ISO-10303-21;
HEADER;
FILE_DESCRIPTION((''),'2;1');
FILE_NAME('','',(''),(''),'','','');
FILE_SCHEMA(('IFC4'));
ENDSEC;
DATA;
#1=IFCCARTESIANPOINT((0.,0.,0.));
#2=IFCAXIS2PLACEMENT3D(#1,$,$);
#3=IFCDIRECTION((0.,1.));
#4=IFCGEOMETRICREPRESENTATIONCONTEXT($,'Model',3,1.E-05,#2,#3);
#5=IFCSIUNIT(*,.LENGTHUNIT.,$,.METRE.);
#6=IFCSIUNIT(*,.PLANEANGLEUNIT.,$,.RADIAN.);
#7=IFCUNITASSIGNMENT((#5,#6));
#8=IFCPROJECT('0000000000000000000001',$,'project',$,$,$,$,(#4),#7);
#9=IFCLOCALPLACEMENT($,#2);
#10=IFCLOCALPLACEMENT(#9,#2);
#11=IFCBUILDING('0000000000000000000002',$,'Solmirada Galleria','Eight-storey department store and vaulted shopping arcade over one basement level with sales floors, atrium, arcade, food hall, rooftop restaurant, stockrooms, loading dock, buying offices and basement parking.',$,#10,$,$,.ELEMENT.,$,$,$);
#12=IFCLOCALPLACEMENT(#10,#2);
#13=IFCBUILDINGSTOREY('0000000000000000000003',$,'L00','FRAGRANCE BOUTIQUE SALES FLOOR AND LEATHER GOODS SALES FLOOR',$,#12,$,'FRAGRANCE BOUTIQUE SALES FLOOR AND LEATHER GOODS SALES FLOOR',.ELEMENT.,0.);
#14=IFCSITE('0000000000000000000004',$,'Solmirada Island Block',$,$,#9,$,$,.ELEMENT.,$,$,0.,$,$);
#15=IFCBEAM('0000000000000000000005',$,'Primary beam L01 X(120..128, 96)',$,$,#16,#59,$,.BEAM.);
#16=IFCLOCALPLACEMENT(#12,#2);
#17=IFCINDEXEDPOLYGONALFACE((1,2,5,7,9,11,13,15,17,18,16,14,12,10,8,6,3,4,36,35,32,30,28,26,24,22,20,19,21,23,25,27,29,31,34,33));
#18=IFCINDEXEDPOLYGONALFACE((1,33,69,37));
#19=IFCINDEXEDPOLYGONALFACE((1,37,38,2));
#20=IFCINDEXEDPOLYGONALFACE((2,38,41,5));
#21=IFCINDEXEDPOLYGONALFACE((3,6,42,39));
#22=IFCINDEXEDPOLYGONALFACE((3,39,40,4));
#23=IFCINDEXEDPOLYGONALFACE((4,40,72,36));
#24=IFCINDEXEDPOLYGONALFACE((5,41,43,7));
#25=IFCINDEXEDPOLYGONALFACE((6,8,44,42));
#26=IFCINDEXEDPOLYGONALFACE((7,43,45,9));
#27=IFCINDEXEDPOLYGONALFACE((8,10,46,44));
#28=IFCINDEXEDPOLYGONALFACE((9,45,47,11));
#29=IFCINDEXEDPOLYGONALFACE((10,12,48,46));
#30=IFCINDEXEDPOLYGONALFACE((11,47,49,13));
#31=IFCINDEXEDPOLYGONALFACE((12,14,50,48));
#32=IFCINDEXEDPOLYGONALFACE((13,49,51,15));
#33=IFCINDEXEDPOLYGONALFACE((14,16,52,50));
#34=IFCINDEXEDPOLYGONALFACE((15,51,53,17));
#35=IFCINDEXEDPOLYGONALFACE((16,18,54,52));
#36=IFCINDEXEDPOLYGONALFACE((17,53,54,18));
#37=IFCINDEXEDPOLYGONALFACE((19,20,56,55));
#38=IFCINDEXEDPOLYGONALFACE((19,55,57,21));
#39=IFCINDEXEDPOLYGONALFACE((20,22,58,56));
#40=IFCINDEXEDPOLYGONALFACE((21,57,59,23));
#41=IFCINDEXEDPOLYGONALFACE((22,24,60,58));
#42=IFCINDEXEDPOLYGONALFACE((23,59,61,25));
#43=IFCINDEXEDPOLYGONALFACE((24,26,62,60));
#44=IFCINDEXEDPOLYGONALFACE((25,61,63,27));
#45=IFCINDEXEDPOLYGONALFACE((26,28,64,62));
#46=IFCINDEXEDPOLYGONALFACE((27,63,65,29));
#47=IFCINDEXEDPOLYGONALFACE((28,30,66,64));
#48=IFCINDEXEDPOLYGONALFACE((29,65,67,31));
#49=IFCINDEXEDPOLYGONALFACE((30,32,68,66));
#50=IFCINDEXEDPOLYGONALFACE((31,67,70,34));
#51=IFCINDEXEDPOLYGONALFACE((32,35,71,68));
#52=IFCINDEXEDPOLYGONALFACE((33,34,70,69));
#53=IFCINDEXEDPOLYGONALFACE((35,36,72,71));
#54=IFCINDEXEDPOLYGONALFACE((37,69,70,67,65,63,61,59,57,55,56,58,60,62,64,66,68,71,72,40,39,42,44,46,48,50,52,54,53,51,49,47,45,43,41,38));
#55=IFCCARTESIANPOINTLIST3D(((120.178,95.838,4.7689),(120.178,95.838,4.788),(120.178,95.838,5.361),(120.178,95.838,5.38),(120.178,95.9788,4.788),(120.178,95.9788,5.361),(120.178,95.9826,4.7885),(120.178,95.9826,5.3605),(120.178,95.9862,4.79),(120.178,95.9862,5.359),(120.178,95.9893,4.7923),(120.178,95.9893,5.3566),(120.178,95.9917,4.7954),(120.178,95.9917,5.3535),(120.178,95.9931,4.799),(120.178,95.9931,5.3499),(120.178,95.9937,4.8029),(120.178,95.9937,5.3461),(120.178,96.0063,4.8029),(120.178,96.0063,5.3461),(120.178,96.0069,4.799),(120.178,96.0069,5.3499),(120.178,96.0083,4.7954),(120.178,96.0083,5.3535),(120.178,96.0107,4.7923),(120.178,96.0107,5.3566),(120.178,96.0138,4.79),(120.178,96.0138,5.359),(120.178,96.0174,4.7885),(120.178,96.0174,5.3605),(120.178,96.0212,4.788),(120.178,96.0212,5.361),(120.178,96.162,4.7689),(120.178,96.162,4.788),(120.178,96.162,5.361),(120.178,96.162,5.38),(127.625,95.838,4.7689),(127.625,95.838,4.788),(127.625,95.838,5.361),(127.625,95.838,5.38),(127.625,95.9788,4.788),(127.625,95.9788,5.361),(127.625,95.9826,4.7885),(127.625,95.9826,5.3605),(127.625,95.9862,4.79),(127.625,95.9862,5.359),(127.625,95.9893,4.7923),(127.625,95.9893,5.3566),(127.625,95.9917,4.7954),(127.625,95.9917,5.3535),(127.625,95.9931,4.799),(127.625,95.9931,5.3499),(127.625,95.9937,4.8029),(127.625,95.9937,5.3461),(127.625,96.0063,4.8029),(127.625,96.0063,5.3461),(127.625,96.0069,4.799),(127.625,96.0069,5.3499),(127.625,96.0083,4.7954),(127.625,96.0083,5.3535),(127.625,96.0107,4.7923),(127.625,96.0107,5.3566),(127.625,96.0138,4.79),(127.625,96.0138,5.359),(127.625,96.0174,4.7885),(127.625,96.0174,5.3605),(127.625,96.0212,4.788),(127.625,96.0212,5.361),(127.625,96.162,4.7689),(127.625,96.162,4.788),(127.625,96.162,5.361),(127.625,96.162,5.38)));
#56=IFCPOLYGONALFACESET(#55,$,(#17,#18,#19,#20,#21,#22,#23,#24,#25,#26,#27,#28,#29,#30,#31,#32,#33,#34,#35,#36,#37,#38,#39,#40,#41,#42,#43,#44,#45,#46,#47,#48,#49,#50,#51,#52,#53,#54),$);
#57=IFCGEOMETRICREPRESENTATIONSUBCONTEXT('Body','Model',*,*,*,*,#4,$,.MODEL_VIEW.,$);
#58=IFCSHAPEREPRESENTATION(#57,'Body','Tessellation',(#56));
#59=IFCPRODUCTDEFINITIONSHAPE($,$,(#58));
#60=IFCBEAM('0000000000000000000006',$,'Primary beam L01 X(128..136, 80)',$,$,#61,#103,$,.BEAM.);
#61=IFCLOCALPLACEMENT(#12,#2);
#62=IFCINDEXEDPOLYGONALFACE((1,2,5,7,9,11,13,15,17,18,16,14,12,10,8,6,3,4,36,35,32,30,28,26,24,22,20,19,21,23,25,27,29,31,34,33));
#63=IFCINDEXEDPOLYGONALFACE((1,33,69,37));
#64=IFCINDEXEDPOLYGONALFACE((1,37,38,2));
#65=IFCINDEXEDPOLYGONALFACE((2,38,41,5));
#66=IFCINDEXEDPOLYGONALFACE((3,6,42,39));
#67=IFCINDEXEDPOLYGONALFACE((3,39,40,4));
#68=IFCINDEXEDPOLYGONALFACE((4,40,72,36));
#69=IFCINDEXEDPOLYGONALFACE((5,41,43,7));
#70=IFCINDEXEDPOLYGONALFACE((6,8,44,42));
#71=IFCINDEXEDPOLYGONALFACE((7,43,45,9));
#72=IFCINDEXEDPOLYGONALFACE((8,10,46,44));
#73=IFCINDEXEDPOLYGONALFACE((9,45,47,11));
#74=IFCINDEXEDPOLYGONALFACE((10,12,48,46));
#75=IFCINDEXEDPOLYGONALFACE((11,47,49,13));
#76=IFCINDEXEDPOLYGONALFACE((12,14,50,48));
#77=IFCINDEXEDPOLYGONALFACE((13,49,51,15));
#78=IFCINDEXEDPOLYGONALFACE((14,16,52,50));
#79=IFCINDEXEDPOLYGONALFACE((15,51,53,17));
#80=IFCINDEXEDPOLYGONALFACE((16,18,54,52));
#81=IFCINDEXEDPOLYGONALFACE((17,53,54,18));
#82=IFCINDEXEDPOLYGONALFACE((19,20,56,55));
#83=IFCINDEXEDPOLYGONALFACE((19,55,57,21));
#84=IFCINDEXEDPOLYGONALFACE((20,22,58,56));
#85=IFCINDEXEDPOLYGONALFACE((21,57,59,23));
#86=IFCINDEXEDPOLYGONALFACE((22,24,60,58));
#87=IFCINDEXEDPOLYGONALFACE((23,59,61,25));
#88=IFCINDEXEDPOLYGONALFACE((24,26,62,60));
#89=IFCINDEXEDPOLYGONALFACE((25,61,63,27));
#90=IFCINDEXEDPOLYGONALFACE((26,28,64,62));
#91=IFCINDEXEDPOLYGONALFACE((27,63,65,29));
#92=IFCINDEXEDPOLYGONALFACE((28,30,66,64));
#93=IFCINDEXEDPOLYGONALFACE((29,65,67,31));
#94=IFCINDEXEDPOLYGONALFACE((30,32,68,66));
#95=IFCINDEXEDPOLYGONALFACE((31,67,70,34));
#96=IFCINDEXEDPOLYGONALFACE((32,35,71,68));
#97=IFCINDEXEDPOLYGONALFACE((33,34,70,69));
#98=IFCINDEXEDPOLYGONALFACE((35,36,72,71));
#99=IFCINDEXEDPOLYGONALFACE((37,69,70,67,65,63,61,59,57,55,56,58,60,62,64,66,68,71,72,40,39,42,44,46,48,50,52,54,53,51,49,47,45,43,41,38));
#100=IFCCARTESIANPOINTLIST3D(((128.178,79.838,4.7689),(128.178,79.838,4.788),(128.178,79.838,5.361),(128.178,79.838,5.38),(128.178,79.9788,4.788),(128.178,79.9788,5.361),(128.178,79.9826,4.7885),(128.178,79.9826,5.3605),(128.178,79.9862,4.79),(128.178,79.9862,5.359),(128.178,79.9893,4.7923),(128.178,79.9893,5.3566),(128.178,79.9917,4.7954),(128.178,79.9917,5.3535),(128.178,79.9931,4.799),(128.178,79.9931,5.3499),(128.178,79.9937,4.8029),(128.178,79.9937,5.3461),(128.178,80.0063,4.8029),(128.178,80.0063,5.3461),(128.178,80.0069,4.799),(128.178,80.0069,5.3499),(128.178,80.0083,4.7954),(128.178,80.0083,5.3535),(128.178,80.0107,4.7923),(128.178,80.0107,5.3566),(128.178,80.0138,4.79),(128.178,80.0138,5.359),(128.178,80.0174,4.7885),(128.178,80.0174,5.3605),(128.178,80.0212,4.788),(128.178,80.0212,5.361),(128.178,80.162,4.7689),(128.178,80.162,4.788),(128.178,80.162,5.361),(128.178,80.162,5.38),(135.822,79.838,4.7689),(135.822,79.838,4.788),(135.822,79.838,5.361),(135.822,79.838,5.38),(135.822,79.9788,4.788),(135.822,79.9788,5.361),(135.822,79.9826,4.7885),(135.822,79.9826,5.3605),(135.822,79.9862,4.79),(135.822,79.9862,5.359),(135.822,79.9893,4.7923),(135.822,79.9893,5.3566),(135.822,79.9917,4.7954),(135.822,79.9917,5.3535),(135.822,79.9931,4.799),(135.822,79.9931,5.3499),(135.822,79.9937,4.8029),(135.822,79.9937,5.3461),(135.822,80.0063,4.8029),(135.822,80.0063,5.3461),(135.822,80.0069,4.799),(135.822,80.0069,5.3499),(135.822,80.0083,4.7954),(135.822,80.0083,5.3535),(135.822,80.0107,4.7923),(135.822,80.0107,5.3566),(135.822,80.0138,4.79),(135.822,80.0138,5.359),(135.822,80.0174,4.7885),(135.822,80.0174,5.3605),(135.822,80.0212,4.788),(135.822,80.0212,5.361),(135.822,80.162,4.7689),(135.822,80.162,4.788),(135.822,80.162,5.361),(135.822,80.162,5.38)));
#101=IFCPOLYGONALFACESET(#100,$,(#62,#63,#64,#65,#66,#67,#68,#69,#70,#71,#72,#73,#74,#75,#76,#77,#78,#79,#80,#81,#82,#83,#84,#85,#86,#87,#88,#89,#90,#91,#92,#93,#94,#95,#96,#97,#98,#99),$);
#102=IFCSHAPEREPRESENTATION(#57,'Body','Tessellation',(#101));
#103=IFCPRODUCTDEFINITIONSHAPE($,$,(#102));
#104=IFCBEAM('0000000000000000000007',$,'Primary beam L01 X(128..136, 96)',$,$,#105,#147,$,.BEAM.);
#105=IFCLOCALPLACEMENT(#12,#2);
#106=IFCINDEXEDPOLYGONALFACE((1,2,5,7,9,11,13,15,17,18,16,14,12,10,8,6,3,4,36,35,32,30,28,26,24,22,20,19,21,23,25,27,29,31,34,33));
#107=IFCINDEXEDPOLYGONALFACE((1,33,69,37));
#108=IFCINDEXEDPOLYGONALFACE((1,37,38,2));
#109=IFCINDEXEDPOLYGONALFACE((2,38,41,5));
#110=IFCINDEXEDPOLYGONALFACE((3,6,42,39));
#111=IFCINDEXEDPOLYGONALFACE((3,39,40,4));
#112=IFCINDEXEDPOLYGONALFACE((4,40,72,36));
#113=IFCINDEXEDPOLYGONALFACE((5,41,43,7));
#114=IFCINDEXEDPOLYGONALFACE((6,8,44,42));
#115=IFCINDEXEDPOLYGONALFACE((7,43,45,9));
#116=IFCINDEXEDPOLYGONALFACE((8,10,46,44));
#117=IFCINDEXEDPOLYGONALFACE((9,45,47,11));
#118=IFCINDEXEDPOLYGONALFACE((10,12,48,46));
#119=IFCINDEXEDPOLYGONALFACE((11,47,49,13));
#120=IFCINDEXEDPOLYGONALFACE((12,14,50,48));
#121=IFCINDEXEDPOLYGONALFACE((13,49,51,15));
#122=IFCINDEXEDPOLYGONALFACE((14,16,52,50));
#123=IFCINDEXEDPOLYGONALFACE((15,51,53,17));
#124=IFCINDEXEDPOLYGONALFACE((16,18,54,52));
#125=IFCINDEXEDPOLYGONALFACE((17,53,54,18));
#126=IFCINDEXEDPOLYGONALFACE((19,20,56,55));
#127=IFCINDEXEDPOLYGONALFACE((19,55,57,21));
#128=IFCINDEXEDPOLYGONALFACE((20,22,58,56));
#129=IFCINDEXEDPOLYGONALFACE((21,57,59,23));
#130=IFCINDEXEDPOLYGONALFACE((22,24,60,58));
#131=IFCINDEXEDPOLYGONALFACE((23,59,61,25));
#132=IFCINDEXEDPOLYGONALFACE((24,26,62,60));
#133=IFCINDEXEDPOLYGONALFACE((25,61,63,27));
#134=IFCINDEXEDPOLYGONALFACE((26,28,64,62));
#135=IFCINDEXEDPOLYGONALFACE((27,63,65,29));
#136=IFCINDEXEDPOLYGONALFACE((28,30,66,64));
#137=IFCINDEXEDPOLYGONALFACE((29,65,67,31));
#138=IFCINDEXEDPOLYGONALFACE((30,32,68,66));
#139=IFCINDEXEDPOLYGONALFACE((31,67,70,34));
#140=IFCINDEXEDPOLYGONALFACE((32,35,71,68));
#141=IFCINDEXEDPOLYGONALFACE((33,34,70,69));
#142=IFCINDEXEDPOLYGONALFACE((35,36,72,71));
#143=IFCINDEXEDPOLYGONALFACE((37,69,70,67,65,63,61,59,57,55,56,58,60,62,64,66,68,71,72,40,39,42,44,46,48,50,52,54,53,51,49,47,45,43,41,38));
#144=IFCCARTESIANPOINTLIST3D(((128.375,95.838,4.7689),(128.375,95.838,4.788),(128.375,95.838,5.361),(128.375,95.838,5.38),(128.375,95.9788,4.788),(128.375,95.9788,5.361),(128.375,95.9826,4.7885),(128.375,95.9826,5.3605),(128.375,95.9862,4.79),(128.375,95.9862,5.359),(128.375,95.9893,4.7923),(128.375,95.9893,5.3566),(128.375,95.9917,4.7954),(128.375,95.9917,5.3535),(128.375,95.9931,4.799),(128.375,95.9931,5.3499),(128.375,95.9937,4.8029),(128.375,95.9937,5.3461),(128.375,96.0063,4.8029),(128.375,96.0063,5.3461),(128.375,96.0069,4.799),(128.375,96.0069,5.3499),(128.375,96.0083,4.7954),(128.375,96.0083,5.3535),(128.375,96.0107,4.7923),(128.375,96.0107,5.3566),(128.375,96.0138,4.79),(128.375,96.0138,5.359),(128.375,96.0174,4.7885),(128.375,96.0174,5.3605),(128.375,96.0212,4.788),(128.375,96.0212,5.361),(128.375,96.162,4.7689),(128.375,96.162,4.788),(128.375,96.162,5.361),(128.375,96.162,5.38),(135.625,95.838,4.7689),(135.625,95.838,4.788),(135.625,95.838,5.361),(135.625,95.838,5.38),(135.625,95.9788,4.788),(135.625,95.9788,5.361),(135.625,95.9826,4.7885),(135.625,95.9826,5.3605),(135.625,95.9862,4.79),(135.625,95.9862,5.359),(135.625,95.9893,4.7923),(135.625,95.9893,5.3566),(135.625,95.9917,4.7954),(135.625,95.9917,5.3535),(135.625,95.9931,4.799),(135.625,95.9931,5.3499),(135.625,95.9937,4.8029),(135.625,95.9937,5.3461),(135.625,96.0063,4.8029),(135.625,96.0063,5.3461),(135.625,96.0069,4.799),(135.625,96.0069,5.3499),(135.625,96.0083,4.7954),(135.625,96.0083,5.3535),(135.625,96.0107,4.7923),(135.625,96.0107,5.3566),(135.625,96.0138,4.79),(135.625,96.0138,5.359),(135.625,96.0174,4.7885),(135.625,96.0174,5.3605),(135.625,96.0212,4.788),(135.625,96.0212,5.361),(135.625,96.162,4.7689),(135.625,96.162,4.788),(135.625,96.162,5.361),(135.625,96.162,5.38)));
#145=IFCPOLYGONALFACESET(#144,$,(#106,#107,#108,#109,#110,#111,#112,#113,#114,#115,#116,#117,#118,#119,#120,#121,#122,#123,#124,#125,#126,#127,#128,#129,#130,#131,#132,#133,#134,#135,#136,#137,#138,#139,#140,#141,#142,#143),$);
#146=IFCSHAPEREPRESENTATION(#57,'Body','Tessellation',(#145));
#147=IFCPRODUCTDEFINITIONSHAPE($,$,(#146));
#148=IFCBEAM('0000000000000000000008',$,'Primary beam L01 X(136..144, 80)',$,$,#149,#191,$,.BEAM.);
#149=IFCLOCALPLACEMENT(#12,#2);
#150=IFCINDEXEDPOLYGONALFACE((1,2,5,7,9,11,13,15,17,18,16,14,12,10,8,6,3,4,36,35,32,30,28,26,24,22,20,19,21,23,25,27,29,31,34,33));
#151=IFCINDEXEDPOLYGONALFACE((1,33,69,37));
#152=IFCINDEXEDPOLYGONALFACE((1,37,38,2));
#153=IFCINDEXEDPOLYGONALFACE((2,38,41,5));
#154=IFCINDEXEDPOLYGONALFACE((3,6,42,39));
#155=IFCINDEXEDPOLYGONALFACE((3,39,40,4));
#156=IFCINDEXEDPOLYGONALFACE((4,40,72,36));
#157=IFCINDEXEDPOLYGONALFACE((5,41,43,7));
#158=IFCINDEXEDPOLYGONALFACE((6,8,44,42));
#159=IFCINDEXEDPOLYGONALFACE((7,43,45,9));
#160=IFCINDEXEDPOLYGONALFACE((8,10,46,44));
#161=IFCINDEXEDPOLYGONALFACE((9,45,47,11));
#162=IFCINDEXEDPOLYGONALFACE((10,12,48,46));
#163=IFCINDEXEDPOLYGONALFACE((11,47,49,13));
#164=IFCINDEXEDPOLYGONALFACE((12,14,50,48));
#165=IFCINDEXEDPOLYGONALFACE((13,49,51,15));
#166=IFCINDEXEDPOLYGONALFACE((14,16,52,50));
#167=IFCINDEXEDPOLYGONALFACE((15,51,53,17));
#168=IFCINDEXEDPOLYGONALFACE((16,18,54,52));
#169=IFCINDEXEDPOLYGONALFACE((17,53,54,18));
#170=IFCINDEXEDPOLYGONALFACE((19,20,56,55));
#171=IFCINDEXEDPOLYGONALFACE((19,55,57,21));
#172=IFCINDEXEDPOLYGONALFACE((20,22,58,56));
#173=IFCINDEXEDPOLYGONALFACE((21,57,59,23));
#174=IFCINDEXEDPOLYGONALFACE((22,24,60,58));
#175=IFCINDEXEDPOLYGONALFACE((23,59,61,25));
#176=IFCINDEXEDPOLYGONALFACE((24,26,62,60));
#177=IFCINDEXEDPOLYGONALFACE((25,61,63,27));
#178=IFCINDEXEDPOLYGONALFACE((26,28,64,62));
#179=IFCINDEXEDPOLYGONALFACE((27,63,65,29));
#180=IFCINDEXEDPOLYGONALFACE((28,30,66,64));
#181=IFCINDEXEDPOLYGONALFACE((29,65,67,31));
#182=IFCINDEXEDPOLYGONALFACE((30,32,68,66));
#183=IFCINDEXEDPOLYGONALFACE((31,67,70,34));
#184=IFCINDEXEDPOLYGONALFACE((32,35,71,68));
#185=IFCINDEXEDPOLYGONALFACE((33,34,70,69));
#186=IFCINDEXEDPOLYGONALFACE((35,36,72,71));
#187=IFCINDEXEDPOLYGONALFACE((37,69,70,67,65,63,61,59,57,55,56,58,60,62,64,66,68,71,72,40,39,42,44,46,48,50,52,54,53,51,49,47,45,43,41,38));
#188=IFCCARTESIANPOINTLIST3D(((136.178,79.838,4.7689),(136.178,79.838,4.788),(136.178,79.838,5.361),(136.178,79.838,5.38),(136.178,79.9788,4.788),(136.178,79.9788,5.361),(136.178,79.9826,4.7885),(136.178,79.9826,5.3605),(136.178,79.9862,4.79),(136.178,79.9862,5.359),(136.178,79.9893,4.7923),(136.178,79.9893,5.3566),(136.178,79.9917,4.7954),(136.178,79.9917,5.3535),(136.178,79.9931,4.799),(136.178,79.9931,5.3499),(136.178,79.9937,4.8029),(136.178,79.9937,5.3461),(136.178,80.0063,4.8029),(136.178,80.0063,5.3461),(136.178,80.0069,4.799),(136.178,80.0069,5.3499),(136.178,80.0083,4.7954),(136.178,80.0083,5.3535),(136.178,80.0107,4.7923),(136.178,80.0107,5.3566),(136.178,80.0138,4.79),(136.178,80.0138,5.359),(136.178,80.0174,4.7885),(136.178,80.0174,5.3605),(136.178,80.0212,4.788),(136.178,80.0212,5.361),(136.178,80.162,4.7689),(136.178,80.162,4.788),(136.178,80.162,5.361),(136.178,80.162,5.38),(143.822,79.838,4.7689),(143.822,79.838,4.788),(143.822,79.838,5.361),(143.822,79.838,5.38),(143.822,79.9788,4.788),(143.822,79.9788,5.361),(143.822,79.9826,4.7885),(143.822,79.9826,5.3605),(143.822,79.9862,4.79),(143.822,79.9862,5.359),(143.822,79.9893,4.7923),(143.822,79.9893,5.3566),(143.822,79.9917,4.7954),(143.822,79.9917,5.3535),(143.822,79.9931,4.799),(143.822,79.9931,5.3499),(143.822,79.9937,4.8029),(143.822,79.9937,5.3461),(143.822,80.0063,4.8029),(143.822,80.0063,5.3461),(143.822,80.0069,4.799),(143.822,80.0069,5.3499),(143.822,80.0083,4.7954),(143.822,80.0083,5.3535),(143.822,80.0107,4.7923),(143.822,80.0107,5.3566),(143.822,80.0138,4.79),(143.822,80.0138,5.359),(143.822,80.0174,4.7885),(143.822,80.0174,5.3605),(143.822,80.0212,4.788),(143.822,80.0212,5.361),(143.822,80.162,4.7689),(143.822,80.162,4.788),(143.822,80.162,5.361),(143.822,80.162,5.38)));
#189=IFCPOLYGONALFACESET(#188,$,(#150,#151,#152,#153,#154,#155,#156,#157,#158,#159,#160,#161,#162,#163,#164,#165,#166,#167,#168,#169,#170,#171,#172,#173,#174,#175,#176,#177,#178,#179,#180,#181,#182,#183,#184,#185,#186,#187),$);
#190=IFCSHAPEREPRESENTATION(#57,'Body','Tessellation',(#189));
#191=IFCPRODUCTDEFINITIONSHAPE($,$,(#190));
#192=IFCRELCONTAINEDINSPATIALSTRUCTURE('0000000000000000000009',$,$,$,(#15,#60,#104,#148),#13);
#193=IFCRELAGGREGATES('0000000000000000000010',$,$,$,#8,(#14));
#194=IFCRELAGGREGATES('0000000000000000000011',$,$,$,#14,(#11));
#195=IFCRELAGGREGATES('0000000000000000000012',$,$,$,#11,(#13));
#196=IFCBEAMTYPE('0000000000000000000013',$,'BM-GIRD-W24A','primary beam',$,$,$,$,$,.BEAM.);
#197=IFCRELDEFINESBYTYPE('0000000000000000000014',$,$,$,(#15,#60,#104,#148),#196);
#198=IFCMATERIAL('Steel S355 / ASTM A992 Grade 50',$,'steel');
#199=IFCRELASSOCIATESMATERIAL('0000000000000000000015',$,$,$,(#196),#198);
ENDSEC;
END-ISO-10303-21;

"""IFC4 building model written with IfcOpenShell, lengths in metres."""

from ifc_helpers import new_model, si_unit, direction, frame, origin, origin_2d, place, context, subcontext, project, spatial, i_section, extrude, material, material_profile, profile_set, type_object, element, save


model = new_model("IFC4")

# Units and contexts
model_context = context("Model", 3, precision=1e-05, world=origin(), true_north=direction((0.0, 1.0)))
body_context = subcontext(model_context, "Body", "Model", "MODEL_VIEW")
ifc_project = project(units=[si_unit("LENGTHUNIT", "METRE"), si_unit("PLANEANGLEUNIT", "RADIAN")], contexts=[model_context])

# Site, building, storey
site_placement = place(None, origin())
site = spatial("IfcSite", under=ifc_project, at=site_placement, Name="Solmirada Island Block", CompositionType="ELEMENT", RefElevation=0.0)
building_placement = place(site_placement, origin())
building = spatial("IfcBuilding", under=site, at=building_placement, Name="Solmirada Galleria", Description="Eight-storey department store and vaulted shopping arcade over one basement level with sales floors, atrium, arcade, food hall, rooftop restaurant, stockrooms, loading dock, buying offices and basement parking.", CompositionType="ELEMENT")
storey_placement = place(building_placement, origin())
storey = spatial("IfcBuildingStorey", under=building, at=storey_placement, Name="L00", Description="FRAGRANCE BOUTIQUE SALES FLOOR AND LEATHER GOODS SALES FLOOR", LongName="FRAGRANCE BOUTIQUE SALES FLOOR AND LEATHER GOODS SALES FLOOR", CompositionType="ELEMENT", Elevation=0.0)

# Beams
ifc_material_1 = material(Name="Steel S355 / ASTM A992 Grade 50", Category="steel")
ifc_material_profile_1 = material_profile(ifc_material_1, i_section(OverallWidth=0.324, OverallDepth=0.6111, WebThickness=0.0127, FlangeThickness=0.019, FilletRadius=0.0149, at=origin_2d()), Name="W24X104")
ifc_profile_set_1 = profile_set([ifc_material_profile_1], Name="Steel S355 / ASTM A992 Grade 50")
beam_type_1 = type_object("IfcBeamType", Name="BM-GIRD-W24A", Description="primary beam", PredefinedType="BEAM", material=ifc_profile_set_1)
beam_1_placement = place(storey_placement, frame((120.178, 96.0, 5.0745), z_axis=(1.0, 0.0, 0.0), x_axis=(0.0, 1.0, 0.0)))
element("IfcBeam", 1, at=beam_1_placement, inside=storey, type_object=beam_type_1, Name="Primary beam L01 X(120..128, 96)", PredefinedType="BEAM", context=body_context, shape_type="SweptSolid", body=[
    extrude(i_section(OverallWidth=0.324, OverallDepth=0.6111, WebThickness=0.0127, FlangeThickness=0.019, FilletRadius=0.0149, at=origin_2d()), origin(), (0.0, 0.0, 1.0), 7.447),
])
beam_2_placement = place(storey_placement, frame((128.178, 80.0, 5.0745), z_axis=(1.0, 0.0, 0.0), x_axis=(0.0, 1.0, 0.0)))
element("IfcBeam", 2, at=beam_2_placement, inside=storey, type_object=beam_type_1, Name="Primary beam L01 X(128..136, 80)", PredefinedType="BEAM", context=body_context, shape_type="SweptSolid", body=[
    extrude(i_section(OverallWidth=0.324, OverallDepth=0.6111, WebThickness=0.0127, FlangeThickness=0.019, FilletRadius=0.0149, at=origin_2d()), origin(), (0.0, 0.0, 1.0), 7.644),
])
beam_3_placement = place(storey_placement, frame((128.375, 96.0, 5.0745), z_axis=(1.0, 0.0, 0.0), x_axis=(0.0, 1.0, 0.0)))
element("IfcBeam", 3, at=beam_3_placement, inside=storey, type_object=beam_type_1, Name="Primary beam L01 X(128..136, 96)", PredefinedType="BEAM", context=body_context, shape_type="SweptSolid", body=[
    extrude(i_section(OverallWidth=0.324, OverallDepth=0.6111, WebThickness=0.0127, FlangeThickness=0.019, FilletRadius=0.0149, at=origin_2d()), origin(), (0.0, 0.0, 1.0), 7.25),
])
beam_4_placement = place(storey_placement, frame((136.178, 80.0, 5.0745), z_axis=(1.0, 0.0, 0.0), x_axis=(0.0, 1.0, 0.0)))
element("IfcBeam", 4, at=beam_4_placement, inside=storey, type_object=beam_type_1, Name="Primary beam L01 X(136..144, 80)", PredefinedType="BEAM", context=body_context, shape_type="SweptSolid", body=[
    extrude(i_section(OverallWidth=0.324, OverallDepth=0.6111, WebThickness=0.0127, FlangeThickness=0.019, FilletRadius=0.0149, at=origin_2d()), origin(), (0.0, 0.0, 1.0), 7.644),
])

save(model, "model.ifc")
